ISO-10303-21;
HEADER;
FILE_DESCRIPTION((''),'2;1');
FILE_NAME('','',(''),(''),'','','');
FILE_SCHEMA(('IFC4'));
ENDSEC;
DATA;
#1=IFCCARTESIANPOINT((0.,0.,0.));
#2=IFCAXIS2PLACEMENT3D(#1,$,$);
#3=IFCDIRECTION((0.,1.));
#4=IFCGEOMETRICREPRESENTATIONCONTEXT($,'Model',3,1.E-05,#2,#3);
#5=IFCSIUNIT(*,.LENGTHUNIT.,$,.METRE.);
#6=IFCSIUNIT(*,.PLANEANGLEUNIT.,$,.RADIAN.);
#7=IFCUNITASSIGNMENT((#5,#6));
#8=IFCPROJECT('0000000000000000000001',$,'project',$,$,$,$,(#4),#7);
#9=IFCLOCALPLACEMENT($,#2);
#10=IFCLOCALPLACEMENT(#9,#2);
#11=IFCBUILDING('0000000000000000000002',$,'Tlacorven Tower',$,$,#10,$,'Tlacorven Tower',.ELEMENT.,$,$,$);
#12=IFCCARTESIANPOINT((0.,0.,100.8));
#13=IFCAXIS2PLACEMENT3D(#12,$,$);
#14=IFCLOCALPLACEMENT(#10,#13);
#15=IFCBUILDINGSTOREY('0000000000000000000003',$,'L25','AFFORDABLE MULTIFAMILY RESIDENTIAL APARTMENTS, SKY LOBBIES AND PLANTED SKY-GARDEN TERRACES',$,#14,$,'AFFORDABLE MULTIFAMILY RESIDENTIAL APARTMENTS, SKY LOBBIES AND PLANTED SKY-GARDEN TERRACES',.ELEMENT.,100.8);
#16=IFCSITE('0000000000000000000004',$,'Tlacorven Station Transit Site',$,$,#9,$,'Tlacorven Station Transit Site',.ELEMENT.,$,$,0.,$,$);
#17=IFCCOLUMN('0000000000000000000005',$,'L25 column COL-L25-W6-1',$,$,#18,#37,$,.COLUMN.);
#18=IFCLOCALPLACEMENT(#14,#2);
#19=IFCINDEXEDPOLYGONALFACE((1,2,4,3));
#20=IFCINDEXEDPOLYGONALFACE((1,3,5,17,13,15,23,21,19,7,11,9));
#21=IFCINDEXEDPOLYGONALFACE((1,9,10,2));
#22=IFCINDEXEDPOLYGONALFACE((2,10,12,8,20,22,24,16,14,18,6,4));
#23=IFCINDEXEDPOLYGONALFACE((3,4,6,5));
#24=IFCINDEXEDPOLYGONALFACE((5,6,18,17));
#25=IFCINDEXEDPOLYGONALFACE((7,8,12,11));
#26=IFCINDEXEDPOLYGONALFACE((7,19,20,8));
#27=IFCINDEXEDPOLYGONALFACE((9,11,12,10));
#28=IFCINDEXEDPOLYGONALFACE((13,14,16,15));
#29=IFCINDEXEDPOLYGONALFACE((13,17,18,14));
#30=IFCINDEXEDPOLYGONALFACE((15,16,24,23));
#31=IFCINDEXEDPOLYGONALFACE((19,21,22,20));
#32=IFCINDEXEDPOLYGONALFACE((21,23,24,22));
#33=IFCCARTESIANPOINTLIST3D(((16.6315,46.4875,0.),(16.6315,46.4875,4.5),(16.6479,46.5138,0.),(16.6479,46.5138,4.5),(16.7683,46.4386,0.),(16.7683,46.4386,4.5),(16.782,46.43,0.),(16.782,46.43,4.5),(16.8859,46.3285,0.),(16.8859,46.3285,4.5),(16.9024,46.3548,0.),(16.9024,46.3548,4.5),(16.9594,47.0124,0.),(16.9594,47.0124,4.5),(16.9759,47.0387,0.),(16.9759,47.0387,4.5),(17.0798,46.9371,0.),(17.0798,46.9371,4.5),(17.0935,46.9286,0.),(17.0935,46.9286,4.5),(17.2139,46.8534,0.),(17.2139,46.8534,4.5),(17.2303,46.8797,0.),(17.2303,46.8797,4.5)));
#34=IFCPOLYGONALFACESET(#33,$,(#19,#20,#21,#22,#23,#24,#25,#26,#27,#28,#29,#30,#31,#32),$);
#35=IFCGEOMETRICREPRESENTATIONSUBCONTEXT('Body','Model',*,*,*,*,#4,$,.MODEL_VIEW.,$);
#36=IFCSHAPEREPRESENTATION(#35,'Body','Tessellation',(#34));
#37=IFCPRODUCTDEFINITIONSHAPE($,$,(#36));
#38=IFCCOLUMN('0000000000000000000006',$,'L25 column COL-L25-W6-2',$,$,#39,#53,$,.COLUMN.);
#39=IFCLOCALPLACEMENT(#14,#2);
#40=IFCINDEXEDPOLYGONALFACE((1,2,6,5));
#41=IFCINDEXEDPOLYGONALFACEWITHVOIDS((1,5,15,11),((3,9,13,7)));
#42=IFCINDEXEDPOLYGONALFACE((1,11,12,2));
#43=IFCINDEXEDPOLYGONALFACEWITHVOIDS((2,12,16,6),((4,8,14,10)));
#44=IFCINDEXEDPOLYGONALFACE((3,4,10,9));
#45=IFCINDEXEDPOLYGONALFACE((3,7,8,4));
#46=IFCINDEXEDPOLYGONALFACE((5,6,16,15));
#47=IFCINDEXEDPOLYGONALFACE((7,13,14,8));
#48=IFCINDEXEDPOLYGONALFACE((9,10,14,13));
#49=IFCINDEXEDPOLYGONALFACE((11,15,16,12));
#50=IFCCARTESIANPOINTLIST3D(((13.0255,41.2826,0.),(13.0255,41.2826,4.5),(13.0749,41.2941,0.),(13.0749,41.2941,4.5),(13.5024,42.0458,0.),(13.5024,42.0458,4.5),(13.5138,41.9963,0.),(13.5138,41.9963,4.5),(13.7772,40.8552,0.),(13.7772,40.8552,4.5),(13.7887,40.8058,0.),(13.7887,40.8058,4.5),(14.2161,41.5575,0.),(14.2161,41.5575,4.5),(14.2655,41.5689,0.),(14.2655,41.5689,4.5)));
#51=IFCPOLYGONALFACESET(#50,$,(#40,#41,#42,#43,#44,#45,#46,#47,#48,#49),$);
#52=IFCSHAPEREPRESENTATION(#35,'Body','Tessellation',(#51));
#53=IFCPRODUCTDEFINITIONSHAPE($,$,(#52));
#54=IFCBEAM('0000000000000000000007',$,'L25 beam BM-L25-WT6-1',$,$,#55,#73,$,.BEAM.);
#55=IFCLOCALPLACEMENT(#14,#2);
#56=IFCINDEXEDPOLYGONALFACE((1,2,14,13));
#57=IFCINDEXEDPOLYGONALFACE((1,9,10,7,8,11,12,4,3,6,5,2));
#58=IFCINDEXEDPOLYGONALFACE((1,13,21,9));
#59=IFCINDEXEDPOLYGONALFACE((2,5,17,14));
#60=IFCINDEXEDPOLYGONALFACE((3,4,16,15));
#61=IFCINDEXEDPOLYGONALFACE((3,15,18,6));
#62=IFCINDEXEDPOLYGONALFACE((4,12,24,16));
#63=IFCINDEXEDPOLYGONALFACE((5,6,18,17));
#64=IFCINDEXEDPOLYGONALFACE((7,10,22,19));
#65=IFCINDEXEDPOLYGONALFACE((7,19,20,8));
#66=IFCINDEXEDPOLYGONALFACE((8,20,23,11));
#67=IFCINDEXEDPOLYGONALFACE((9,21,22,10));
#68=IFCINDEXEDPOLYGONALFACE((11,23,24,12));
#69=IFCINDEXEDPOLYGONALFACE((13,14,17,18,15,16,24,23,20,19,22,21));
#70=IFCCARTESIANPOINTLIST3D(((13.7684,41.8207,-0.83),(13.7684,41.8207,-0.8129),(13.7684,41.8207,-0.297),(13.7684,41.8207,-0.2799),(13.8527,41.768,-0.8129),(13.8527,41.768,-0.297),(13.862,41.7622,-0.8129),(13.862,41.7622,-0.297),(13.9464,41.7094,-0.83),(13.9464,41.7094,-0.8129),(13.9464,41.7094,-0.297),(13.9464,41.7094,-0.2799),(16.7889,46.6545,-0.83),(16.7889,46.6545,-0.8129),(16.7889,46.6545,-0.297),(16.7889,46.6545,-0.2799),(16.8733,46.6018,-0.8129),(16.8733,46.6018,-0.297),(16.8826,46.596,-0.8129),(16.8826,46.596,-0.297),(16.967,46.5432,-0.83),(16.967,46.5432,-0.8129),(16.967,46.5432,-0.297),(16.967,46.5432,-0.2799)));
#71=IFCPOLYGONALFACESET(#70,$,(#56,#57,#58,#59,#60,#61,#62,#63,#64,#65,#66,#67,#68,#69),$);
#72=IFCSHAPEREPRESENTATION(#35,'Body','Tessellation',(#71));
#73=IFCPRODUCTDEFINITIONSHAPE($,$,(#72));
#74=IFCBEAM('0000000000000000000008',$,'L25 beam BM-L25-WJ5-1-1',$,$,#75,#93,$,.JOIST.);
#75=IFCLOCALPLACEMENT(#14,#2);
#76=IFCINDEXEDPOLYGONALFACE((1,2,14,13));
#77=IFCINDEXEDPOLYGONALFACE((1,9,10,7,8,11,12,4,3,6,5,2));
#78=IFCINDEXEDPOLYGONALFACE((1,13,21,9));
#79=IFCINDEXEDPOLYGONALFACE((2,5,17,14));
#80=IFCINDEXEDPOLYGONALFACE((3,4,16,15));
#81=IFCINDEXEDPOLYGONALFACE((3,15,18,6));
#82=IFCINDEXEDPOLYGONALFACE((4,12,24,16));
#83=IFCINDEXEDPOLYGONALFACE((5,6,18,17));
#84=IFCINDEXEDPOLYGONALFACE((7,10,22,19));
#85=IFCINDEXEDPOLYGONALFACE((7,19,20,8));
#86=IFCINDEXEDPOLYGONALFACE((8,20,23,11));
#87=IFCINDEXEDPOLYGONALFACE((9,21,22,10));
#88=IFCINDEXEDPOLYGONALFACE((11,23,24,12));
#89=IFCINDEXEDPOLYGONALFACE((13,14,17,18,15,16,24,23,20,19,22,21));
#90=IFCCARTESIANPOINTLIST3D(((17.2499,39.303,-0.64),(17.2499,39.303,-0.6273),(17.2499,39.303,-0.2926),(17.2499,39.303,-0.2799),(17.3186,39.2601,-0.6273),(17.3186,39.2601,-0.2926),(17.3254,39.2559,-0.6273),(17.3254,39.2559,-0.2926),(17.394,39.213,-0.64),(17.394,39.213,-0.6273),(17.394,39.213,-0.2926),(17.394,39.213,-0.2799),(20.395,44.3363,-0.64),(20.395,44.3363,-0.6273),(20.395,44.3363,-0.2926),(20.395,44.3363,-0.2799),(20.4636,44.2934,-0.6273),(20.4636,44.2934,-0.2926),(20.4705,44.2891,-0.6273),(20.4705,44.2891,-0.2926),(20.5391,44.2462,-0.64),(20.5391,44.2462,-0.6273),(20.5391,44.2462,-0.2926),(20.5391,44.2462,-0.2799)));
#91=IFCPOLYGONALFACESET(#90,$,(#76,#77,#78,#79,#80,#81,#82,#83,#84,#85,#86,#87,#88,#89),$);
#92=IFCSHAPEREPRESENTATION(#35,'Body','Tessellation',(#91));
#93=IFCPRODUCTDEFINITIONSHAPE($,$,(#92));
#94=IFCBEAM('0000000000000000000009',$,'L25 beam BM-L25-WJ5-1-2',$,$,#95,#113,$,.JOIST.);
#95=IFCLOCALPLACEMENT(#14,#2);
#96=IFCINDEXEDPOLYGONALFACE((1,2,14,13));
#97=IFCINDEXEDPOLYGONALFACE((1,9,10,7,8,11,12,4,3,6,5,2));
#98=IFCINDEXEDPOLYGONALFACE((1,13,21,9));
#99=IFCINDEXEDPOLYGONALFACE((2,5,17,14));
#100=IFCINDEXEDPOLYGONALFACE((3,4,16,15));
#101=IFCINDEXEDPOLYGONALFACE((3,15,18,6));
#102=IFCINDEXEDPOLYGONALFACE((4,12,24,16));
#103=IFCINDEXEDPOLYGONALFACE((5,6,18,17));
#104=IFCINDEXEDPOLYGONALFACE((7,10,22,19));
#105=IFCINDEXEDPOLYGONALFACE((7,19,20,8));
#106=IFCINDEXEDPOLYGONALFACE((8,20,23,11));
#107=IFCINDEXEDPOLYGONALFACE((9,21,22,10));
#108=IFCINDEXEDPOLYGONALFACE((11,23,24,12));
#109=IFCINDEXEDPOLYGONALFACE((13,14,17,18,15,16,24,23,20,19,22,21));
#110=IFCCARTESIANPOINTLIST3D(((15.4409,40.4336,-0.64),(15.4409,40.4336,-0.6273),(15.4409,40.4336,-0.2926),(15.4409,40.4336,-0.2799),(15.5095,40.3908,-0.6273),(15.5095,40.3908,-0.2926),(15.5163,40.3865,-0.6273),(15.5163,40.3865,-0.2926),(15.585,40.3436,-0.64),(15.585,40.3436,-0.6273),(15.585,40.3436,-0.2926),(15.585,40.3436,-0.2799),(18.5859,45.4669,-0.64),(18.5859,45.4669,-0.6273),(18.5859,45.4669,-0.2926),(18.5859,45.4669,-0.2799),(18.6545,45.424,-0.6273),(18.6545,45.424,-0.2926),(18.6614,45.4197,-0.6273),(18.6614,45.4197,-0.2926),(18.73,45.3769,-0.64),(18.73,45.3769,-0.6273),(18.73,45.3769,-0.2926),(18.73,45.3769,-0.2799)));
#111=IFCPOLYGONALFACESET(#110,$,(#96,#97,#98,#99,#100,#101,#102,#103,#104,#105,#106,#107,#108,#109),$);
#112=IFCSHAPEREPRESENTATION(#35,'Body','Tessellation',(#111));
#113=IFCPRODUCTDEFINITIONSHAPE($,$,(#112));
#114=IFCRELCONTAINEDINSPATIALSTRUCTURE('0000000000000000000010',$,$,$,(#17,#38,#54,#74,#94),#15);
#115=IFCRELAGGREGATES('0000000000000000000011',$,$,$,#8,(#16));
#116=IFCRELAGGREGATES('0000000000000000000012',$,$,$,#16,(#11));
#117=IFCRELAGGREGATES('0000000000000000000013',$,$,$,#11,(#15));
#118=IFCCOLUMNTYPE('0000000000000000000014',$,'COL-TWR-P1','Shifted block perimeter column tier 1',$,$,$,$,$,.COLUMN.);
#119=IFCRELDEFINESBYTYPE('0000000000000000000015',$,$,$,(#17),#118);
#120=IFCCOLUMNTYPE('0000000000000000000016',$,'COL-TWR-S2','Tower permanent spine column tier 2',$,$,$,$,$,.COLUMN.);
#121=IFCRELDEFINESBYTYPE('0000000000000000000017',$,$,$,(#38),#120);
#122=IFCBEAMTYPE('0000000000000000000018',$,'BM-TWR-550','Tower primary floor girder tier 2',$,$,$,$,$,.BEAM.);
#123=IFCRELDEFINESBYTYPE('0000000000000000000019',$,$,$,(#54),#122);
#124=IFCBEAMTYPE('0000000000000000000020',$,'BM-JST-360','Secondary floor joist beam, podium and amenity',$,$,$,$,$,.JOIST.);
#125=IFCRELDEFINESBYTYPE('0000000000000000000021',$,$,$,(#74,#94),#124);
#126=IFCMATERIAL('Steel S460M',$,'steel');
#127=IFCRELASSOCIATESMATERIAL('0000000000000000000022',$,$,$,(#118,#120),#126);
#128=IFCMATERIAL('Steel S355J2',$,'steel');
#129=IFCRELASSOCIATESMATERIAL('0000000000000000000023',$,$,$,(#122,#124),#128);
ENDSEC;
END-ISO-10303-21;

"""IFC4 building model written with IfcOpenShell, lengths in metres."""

from ifc_helpers import new_model, si_unit, direction, frame, origin, origin_2d, place, context, subcontext, project, spatial, hollow_rectangle, i_section, extrude, source, transform, mapped, material, material_profile, profile_set, type_object, element, save


model = new_model("IFC4")

# Units and contexts
model_context = context("Model", 3, precision=1e-05, world=origin(), true_north=direction((0.0, 1.0)))
body_context = subcontext(model_context, "Body", "Model", "MODEL_VIEW")
ifc_project = project(units=[si_unit("LENGTHUNIT", "METRE"), si_unit("PLANEANGLEUNIT", "RADIAN")], contexts=[model_context])

# Site, building, storey
site_placement = place(None, origin())
site = spatial("IfcSite", under=ifc_project, at=site_placement, Name="Tlacorven Station Transit Site", LongName="Tlacorven Station Transit Site", CompositionType="ELEMENT", RefElevation=0.0)
building_placement = place(site_placement, origin())
building = spatial("IfcBuilding", under=site, at=building_placement, Name="Tlacorven Tower", LongName="Tlacorven Tower", CompositionType="ELEMENT")
storey_placement = place(building_placement, frame((0.0, 0.0, 100.8)))
storey = spatial("IfcBuildingStorey", under=building, at=storey_placement, Name="L25", Description="AFFORDABLE MULTIFAMILY RESIDENTIAL APARTMENTS, SKY LOBBIES AND PLANTED SKY-GARDEN TERRACES", LongName="AFFORDABLE MULTIFAMILY RESIDENTIAL APARTMENTS, SKY LOBBIES AND PLANTED SKY-GARDEN TERRACES", CompositionType="ELEMENT", Elevation=100.8)

# Columns
ifc_material_1 = material(Name="Steel S460M", Category="steel")
ifc_material_profile_1 = material_profile(ifc_material_1, i_section(OverallWidth=0.3, OverallDepth=0.6499, WebThickness=0.0161, FlangeThickness=0.031, at=origin_2d()), Name="HEB 650")
ifc_profile_set_1 = profile_set([ifc_material_profile_1], Name="Steel S460M")
column_type_1 = type_object("IfcColumnType", Name="COL-TWR-P1", Description="Shifted block perimeter column tier 1", PredefinedType="COLUMN", material=ifc_profile_set_1)
shared_shape_1 = source(origin(), body_context, "Body", "SweptSolid", [
    extrude(i_section(OverallWidth=0.3, OverallDepth=0.6499, WebThickness=0.0161, FlangeThickness=0.031, at=origin_2d()), origin(), (0.0, 0.0, 1.0), 4.5),
])
column_1_placement = place(storey_placement, frame((16.9309, 46.6836, 0.0), z_axis=(0.0, 0.0, 1.0), x_axis=(-0.848048, 0.529919, 0.0)))
element("IfcColumn", 1, at=column_1_placement, inside=storey, type_object=column_type_1, Name="L25 column COL-L25-W6-1", PredefinedType="COLUMN", context=body_context, shape_type="MappedRepresentation", body=[
    mapped(shared_shape_1, transform((0.0, 0.0, 0.0), scale=1.0)),
])
ifc_material_profile_2 = material_profile(ifc_material_1, hollow_rectangle(XDim=0.8999, YDim=0.8999, WallThickness=0.0359, at=origin_2d()), Name="BOX 900X900X36")
ifc_profile_set_2 = profile_set([ifc_material_profile_2], Name="Steel S460M")
column_type_2 = type_object("IfcColumnType", Name="COL-TWR-S2", Description="Tower permanent spine column tier 2", PredefinedType="COLUMN", material=ifc_profile_set_2)
shared_shape_2 = source(origin(), body_context, "Body", "SweptSolid", [
    extrude(hollow_rectangle(XDim=0.8999, YDim=0.8999, WallThickness=0.0359, at=origin_2d()), origin(), (0.0, 0.0, 1.0), 4.5),
])
column_2_placement = place(storey_placement, frame((13.6455, 41.4258, 0.0), z_axis=(0.0, 0.0, 1.0), x_axis=(-0.848048, 0.529919, 0.0)))
element("IfcColumn", 2, at=column_2_placement, inside=storey, type_object=column_type_2, Name="L25 column COL-L25-W6-2", PredefinedType="COLUMN", context=body_context, shape_type="MappedRepresentation", body=[
    mapped(shared_shape_2, transform((0.0, 0.0, 0.0), scale=1.0)),
])

# Beams
ifc_material_2 = material(Name="Steel S355J2", Category="steel")
ifc_material_profile_3 = material_profile(ifc_material_2, i_section(OverallWidth=0.21, OverallDepth=0.55, WebThickness=0.011, FlangeThickness=0.0171, at=origin_2d()), Name="IPE 550")
ifc_profile_set_3 = profile_set([ifc_material_profile_3], Name="Steel S355J2")
beam_type_1 = type_object("IfcBeamType", Name="BM-TWR-550", Description="Tower primary floor girder tier 2", PredefinedType="BEAM", material=ifc_profile_set_3)
shared_shape_3 = source(origin(), body_context, "Body", "SweptSolid", [
    extrude(i_section(OverallWidth=0.21, OverallDepth=0.55, WebThickness=0.011, FlangeThickness=0.0171, at=origin_2d()), origin(), (0.0, 0.0, 1.0), 5.7),
])
beam_placement = place(storey_placement, frame((16.8779, 46.5989, -0.5549), z_axis=(-0.529926, -0.848044, 0.0), x_axis=(0.848044, -0.529926, 0.0)))
element("IfcBeam", 3, at=beam_placement, inside=storey, type_object=beam_type_1, Name="L25 beam BM-L25-WT6-1", PredefinedType="BEAM", context=body_context, shape_type="MappedRepresentation", body=[
    mapped(shared_shape_3, transform((0.0, 0.0, 0.0), scale=1.0)),
])
ifc_material_profile_4 = material_profile(ifc_material_2, i_section(OverallWidth=0.1699, OverallDepth=0.3601, WebThickness=0.0081, FlangeThickness=0.0127, at=origin_2d()), Name="IPE 360")
ifc_profile_set_4 = profile_set([ifc_material_profile_4], Name="Steel S355J2")
beam_type_2 = type_object("IfcBeamType", Name="BM-JST-360", Description="Secondary floor joist beam, podium and amenity", PredefinedType="JOIST", material=ifc_profile_set_4)
shared_shape_4 = source(origin(), body_context, "Body", "SweptSolid", [
    extrude(i_section(OverallWidth=0.1699, OverallDepth=0.3601, WebThickness=0.0081, FlangeThickness=0.0127, at=origin_2d()), origin(), (0.0, 0.0, 1.0), 5.9351),
])
for number, where, z_axis, x_axis, name in (
    (4, (20.467, 44.2913, -0.46), (-0.52991, -0.848054, 0.0), (0.848054, -0.52991, 0.0), "L25 beam BM-L25-WJ5-1-1"),
    (5, (18.658, 45.4219, -0.46), (-0.52991, -0.848054, 0.0), (0.848054, -0.52991, 0.0), "L25 beam BM-L25-WJ5-1-2"),
):
    element("IfcBeam", number, at=place(storey_placement, frame(where, z_axis=z_axis, x_axis=x_axis)), inside=storey, type_object=beam_type_2, Name=name, PredefinedType="JOIST", context=body_context, shape_type="MappedRepresentation", body=[
        mapped(shared_shape_4, transform((0.0, 0.0, 0.0), scale=1.0)),
    ])

save(model, "model.ifc")
